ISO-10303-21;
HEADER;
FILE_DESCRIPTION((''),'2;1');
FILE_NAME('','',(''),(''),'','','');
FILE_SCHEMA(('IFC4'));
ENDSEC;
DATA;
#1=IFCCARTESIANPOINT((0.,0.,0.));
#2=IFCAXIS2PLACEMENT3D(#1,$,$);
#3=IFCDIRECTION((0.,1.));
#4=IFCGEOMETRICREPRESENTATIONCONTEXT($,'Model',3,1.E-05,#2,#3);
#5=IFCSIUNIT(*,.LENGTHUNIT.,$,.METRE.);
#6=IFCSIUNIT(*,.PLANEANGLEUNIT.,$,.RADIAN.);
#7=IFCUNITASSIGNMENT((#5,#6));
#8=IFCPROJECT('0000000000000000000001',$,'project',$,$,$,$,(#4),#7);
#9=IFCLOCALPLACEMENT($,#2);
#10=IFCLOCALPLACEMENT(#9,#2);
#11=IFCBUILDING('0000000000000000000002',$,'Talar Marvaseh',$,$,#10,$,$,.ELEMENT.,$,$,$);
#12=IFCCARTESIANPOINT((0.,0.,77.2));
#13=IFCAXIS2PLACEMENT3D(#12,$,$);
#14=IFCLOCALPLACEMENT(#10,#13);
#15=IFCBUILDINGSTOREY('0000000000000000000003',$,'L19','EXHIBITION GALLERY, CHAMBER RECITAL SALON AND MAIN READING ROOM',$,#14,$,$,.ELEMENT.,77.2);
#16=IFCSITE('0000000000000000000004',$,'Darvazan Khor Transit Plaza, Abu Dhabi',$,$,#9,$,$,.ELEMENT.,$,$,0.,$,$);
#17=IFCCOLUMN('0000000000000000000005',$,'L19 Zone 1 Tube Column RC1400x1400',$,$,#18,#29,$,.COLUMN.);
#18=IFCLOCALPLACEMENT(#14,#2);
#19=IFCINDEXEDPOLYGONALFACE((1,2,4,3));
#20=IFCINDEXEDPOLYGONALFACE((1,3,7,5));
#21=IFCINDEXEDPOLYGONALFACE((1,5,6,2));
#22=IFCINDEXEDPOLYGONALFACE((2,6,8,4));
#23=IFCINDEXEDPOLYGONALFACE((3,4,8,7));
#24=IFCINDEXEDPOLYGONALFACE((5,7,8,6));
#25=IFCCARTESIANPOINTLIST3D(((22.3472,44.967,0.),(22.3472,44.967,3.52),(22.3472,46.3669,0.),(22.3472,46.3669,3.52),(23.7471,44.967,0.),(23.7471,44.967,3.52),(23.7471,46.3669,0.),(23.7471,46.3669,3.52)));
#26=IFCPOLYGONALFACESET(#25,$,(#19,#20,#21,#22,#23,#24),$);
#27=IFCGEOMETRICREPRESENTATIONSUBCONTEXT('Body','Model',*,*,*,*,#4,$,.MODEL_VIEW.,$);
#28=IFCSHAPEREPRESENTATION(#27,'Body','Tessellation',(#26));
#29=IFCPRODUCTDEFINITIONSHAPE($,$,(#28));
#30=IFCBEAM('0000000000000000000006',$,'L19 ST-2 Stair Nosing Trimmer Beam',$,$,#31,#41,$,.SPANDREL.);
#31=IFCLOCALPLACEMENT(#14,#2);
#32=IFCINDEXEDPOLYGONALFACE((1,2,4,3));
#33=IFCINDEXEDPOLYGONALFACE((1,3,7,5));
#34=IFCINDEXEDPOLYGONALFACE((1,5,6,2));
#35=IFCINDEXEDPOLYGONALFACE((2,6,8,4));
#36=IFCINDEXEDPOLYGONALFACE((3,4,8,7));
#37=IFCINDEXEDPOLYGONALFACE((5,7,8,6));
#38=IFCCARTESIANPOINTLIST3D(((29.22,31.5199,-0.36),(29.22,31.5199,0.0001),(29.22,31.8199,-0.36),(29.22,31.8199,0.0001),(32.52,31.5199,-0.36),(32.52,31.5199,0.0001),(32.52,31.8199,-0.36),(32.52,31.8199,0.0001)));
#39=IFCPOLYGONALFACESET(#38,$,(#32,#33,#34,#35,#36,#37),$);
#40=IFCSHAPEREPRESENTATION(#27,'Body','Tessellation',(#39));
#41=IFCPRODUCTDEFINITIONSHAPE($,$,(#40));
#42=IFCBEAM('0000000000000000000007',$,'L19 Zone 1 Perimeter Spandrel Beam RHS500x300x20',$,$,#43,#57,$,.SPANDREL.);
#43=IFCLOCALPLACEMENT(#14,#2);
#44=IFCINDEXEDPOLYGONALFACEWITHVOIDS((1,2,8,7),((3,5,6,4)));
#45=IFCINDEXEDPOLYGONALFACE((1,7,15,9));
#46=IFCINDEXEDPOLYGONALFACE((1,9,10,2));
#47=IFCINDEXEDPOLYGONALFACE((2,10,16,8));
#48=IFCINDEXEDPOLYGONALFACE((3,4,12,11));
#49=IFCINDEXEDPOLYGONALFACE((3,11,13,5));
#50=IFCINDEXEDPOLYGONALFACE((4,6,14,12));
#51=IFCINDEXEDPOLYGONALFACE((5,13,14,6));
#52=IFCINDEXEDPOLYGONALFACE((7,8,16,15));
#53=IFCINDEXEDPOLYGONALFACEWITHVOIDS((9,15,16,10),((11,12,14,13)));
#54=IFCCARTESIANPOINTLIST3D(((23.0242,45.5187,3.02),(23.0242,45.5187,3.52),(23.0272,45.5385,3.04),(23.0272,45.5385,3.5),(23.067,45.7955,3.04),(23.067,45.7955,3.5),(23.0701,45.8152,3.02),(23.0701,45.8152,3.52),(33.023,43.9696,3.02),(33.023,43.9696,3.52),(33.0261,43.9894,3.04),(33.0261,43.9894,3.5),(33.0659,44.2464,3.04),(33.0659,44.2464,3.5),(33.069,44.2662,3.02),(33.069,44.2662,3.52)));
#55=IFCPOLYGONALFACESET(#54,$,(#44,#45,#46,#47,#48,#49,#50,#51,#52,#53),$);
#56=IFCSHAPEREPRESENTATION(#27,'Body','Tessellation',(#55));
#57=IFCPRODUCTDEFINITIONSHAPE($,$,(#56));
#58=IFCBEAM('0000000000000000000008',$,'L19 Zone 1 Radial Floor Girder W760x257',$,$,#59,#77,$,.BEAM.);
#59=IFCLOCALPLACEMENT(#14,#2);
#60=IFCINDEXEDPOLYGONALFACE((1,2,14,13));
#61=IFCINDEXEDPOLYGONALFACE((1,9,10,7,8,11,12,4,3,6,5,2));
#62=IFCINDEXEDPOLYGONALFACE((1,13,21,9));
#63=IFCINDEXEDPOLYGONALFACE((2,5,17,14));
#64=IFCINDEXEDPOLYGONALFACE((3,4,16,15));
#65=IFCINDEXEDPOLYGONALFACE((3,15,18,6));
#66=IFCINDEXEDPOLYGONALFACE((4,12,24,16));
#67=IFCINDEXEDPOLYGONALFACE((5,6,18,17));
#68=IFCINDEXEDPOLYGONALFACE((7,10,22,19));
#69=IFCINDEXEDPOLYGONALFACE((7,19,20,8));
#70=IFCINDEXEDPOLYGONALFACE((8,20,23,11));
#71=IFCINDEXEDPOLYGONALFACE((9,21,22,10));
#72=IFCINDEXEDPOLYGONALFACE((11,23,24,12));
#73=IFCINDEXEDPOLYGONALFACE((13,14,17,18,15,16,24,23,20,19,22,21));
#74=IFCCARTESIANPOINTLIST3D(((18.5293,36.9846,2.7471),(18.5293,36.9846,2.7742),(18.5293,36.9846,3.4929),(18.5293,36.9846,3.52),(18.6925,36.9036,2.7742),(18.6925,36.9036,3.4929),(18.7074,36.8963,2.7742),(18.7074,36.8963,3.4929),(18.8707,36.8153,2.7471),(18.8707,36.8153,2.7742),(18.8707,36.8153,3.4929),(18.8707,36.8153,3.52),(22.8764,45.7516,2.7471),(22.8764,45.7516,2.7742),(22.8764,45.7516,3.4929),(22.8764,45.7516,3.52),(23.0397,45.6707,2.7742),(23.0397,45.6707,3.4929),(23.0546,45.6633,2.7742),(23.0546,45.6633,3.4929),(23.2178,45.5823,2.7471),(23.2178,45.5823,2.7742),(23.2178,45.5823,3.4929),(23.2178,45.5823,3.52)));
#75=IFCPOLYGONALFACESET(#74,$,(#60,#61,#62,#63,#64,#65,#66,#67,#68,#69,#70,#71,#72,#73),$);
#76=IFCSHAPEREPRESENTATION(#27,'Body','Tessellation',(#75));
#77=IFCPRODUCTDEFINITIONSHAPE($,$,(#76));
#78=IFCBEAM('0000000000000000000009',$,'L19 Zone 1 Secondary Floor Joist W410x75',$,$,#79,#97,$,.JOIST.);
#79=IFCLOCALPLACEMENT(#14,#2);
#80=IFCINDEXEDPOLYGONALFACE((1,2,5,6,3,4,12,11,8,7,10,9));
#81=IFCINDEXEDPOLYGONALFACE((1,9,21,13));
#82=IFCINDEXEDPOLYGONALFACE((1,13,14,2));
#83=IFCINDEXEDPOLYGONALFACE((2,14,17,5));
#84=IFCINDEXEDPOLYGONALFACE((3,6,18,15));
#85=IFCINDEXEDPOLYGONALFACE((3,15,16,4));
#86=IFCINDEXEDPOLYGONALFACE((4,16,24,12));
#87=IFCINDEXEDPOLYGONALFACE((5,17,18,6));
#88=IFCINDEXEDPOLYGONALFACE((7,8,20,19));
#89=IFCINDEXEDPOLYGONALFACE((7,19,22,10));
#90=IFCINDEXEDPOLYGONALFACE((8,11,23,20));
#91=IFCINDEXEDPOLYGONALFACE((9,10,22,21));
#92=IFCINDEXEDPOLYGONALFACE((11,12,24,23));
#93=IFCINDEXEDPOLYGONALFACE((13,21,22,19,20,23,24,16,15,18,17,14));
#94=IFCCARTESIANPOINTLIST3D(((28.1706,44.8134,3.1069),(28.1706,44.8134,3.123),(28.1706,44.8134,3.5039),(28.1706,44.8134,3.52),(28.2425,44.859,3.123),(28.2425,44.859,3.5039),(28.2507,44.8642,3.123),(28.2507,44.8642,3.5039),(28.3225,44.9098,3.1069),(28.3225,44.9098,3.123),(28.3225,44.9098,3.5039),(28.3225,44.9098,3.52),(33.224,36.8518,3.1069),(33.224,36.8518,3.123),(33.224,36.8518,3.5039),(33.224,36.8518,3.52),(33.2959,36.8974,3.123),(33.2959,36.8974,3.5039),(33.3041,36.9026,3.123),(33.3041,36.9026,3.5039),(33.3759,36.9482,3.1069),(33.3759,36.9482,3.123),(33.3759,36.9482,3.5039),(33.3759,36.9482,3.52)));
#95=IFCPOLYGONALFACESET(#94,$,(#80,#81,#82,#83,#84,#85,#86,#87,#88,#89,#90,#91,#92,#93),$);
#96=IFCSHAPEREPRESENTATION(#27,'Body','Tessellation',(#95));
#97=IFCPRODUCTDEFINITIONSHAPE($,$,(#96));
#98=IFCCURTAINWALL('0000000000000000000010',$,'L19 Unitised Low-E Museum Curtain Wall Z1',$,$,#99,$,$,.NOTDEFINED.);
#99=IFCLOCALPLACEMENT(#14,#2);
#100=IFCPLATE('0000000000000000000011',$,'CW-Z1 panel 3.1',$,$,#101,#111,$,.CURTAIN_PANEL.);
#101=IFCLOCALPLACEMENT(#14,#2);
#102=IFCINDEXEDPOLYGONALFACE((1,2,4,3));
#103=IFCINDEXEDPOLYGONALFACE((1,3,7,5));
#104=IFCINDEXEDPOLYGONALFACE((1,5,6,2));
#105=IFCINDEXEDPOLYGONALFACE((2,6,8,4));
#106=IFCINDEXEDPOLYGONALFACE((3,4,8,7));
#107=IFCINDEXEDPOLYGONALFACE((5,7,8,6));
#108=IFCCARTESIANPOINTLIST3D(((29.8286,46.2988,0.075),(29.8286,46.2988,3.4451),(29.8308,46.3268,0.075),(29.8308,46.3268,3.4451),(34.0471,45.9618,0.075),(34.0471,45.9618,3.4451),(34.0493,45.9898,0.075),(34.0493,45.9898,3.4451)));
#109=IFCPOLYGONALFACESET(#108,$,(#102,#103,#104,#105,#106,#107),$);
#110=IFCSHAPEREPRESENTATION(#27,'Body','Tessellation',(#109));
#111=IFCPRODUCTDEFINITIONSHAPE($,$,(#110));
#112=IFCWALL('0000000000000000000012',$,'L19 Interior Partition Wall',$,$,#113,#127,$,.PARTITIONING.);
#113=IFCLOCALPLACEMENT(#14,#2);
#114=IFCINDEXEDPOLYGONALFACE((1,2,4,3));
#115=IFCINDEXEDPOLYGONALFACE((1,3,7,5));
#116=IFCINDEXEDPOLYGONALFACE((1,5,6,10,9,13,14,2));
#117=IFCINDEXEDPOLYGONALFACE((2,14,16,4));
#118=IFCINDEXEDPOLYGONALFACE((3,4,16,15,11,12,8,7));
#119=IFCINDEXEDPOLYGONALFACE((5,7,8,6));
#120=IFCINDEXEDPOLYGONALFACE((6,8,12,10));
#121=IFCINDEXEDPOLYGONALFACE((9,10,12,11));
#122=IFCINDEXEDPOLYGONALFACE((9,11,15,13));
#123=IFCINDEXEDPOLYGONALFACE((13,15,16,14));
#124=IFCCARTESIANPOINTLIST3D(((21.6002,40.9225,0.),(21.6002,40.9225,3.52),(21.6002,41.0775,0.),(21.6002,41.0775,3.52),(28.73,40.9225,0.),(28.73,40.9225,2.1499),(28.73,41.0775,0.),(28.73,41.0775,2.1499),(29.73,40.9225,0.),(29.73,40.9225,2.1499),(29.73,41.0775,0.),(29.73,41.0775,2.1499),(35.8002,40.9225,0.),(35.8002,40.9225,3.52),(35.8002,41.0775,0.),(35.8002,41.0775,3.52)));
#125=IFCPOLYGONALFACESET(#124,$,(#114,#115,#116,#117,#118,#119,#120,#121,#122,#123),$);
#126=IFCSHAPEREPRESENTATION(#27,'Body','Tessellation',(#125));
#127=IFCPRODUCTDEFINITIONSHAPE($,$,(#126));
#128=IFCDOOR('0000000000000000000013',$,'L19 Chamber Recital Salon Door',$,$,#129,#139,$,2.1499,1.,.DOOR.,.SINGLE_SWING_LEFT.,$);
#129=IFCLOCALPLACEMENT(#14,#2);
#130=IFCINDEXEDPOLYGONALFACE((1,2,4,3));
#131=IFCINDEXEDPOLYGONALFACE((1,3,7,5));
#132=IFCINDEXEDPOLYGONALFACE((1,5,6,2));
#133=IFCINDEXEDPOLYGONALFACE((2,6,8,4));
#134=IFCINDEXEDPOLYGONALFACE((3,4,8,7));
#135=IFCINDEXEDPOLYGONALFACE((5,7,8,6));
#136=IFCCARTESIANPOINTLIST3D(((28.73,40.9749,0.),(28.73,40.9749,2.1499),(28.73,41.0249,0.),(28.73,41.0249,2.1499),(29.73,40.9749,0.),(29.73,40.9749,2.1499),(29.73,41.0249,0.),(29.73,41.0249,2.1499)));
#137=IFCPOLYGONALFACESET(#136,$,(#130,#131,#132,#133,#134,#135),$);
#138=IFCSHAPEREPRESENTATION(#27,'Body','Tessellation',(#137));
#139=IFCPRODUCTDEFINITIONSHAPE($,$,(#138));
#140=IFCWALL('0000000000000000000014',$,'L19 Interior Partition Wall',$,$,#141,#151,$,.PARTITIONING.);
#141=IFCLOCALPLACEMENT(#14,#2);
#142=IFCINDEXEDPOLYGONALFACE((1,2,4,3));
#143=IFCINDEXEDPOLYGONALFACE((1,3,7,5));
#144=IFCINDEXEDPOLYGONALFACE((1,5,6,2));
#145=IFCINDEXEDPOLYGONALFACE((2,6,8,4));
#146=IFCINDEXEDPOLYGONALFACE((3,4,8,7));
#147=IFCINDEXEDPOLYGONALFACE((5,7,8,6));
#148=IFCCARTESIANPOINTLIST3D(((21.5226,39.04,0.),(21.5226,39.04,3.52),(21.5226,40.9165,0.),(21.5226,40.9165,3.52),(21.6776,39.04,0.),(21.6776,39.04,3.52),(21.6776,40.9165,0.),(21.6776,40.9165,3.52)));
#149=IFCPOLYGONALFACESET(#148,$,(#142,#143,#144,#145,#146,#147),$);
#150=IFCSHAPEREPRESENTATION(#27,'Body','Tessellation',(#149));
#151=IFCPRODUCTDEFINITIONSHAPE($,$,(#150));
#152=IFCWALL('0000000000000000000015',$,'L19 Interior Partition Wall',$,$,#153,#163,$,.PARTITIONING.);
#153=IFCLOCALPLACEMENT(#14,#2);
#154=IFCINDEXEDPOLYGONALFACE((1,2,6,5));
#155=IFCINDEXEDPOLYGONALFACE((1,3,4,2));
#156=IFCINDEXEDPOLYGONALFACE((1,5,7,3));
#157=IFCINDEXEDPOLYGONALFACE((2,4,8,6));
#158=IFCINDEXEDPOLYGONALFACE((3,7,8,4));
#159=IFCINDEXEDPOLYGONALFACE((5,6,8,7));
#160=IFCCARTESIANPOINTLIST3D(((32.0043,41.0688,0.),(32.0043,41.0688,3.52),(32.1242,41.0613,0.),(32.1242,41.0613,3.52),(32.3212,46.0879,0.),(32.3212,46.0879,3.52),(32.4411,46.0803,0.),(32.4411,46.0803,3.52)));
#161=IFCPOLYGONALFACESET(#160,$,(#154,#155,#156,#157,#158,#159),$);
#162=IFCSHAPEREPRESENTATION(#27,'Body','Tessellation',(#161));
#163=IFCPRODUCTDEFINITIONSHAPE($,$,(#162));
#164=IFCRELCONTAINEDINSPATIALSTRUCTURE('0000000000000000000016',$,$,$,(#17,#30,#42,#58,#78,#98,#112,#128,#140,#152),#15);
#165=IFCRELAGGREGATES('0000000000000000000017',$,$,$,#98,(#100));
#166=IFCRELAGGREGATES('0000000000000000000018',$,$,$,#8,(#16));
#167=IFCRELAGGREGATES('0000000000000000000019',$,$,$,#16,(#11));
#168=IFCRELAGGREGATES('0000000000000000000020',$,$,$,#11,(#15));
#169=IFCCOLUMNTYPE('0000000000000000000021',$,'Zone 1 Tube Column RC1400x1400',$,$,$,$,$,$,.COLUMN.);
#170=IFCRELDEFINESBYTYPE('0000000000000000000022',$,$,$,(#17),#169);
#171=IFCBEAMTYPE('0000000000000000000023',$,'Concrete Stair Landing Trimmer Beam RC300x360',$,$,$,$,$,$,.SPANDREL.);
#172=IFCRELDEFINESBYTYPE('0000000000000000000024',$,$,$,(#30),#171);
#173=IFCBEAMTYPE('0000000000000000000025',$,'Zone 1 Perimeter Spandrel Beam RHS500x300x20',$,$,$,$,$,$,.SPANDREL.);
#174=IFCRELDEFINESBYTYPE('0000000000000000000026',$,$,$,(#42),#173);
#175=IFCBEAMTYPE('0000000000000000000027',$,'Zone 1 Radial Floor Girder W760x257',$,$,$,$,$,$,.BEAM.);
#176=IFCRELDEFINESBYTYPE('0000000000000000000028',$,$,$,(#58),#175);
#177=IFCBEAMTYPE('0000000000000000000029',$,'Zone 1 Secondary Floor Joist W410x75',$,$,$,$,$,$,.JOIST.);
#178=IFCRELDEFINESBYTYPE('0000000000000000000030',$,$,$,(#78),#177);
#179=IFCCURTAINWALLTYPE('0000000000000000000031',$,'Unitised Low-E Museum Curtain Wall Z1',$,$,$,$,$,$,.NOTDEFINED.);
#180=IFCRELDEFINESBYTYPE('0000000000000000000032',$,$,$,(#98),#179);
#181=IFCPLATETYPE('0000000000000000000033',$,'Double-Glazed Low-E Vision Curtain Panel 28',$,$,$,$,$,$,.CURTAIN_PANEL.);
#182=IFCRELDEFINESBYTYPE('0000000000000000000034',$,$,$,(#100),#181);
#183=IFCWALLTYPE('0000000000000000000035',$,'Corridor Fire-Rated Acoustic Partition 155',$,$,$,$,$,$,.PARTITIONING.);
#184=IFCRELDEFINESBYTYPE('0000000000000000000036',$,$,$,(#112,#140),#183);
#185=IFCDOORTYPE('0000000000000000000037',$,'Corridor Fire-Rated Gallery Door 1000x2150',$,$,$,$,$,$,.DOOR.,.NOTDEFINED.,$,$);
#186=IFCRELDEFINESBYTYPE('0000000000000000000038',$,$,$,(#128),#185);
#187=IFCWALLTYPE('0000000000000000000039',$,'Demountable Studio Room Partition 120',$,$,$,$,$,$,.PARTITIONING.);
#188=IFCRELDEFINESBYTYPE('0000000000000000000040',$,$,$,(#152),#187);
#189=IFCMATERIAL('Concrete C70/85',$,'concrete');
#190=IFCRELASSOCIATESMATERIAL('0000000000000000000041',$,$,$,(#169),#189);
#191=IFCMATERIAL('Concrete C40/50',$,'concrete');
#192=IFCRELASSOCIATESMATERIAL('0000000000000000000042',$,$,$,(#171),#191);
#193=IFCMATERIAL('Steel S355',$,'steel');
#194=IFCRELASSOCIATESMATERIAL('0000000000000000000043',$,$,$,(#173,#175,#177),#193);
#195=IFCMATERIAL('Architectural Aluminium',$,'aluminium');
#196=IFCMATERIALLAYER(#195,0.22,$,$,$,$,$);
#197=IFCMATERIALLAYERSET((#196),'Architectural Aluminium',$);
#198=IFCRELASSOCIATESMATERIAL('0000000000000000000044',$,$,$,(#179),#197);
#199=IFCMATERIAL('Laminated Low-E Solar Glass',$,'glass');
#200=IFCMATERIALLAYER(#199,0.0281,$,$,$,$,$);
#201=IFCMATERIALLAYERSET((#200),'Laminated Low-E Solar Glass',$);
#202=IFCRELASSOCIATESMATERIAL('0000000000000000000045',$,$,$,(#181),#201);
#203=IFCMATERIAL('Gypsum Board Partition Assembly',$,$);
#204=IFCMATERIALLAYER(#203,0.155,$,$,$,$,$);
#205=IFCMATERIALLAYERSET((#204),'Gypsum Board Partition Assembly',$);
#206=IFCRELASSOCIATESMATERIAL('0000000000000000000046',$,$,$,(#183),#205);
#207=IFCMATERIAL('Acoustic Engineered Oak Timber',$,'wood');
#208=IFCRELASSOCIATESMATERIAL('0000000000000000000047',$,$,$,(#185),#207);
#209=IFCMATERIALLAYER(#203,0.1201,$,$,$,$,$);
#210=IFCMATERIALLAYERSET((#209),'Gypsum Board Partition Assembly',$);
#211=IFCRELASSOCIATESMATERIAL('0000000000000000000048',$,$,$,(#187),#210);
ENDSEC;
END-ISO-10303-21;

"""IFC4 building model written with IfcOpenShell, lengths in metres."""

from ifc_helpers import new_model, si_unit, direction, frame, frame_2d, origin, origin_2d, place, context, subcontext, project, spatial, rectangle, hollow_rectangle, i_section, extrude, source, transform, mapped, material, layer, layer_set, material_profile, profile_set, type_object, type_shapes, element, fill, aggregate, save


model = new_model("IFC4")

# Units and contexts
model_context = context("Model", 3, precision=1e-05, world=origin(), true_north=direction((0.0, 1.0)))
body_context = subcontext(model_context, "Body", "Model", "MODEL_VIEW")
ifc_project = project(units=[si_unit("LENGTHUNIT", "METRE"), si_unit("PLANEANGLEUNIT", "RADIAN")], contexts=[model_context])

# Site, building, storey
site_placement = place(None, origin())
site = spatial("IfcSite", under=ifc_project, at=site_placement, Name="Darvazan Khor Transit Plaza, Abu Dhabi", CompositionType="ELEMENT", RefElevation=0.0)
building_placement = place(site_placement, origin())
building = spatial("IfcBuilding", under=site, at=building_placement, Name="Talar Marvaseh", CompositionType="ELEMENT")
storey_placement = place(building_placement, frame((0.0, 0.0, 77.2)))
storey = spatial("IfcBuildingStorey", under=building, at=storey_placement, Name="L19", Description="EXHIBITION GALLERY, CHAMBER RECITAL SALON AND MAIN READING ROOM", CompositionType="ELEMENT", Elevation=77.2)

# Column
ifc_material_1 = material(Name="Concrete C70/85", Category="concrete")
ifc_material_profile_1 = material_profile(ifc_material_1, rectangle(XDim=1.3999, YDim=1.3999, at=origin_2d()), Name="RC1400x1400")
ifc_profile_set_1 = profile_set([ifc_material_profile_1], Name="Concrete C70/85")
column_type = type_object("IfcColumnType", Name="Zone 1 Tube Column RC1400x1400", PredefinedType="COLUMN", material=ifc_profile_set_1)
column_placement = place(storey_placement, frame((23.0471, 45.667, 0.0), z_axis=(0.0, 0.0, 1.0), x_axis=(1.0, 0.0, 0.0)))
element("IfcColumn", 1, at=column_placement, inside=storey, type_object=column_type, Name="L19 Zone 1 Tube Column RC1400x1400", PredefinedType="COLUMN", context=body_context, shape_type="SweptSolid", body=[
    extrude(rectangle(XDim=1.3999, YDim=1.3999, at=origin_2d()), origin(), (0.0, 0.0, 1.0), 3.52),
])

# Beams
ifc_material_2 = material(Name="Concrete C40/50", Category="concrete")
ifc_material_profile_2 = material_profile(ifc_material_2, rectangle(XDim=0.3, YDim=0.3601, at=origin_2d()), Name="RC300x360")
ifc_profile_set_2 = profile_set([ifc_material_profile_2], Name="Concrete C40/50")
beam_type_1 = type_object("IfcBeamType", Name="Concrete Stair Landing Trimmer Beam RC300x360", PredefinedType="SPANDREL", material=ifc_profile_set_2)
beam_1_placement = place(storey_placement, frame((29.22, 31.6699, -0.1799), z_axis=(1.0, 0.0, 0.0), x_axis=(0.0, 1.0, 0.0)))
element("IfcBeam", 2, at=beam_1_placement, inside=storey, type_object=beam_type_1, Name="L19 ST-2 Stair Nosing Trimmer Beam", PredefinedType="SPANDREL", context=body_context, shape_type="SweptSolid", body=[
    extrude(rectangle(XDim=0.3, YDim=0.3601, at=origin_2d()), origin(), (0.0, 0.0, 1.0), 3.3),
])
ifc_material_3 = material(Name="Steel S355", Category="steel")
ifc_material_profile_3 = material_profile(ifc_material_3, hollow_rectangle(XDim=0.3, YDim=0.5, WallThickness=0.02, at=origin_2d()), Name="RHS500x300x20")
ifc_profile_set_3 = profile_set([ifc_material_profile_3], Name="Steel S355")
beam_type_2 = type_object("IfcBeamType", Name="Zone 1 Perimeter Spandrel Beam RHS500x300x20", PredefinedType="SPANDREL", material=ifc_profile_set_3)
beam_2_placement = place(storey_placement, frame((23.0471, 45.667, 3.27), z_axis=(0.988211, -0.1531, 0.0), x_axis=(0.1531, 0.988211, 0.0)))
element("IfcBeam", 3, at=beam_2_placement, inside=storey, type_object=beam_type_2, Name="L19 Zone 1 Perimeter Spandrel Beam RHS500x300x20", PredefinedType="SPANDREL", context=body_context, shape_type="SweptSolid", body=[
    extrude(hollow_rectangle(XDim=0.3, YDim=0.5, WallThickness=0.02, at=origin_2d()), origin(), (0.0, 0.0, 1.0), 10.1182),
])
ifc_material_profile_4 = material_profile(ifc_material_3, i_section(OverallWidth=0.3811, OverallDepth=0.7729, WebThickness=0.0166, FlangeThickness=0.0271, at=origin_2d()), Name="W760x257")
ifc_profile_set_4 = profile_set([ifc_material_profile_4], Name="Steel S355")
beam_type_3 = type_object("IfcBeamType", Name="Zone 1 Radial Floor Girder W760x257", PredefinedType="BEAM", material=ifc_profile_set_4)
beam_3_placement = place(storey_placement, frame((23.0471, 45.667, 3.1335), z_axis=(-0.444237, -0.895909, 0.0), x_axis=(0.895909, -0.444237, 0.0)))
element("IfcBeam", 4, at=beam_3_placement, inside=storey, type_object=beam_type_3, Name="L19 Zone 1 Radial Floor Girder W760x257", PredefinedType="BEAM", context=body_context, shape_type="SweptSolid", body=[
    extrude(i_section(OverallWidth=0.3811, OverallDepth=0.7729, WebThickness=0.0166, FlangeThickness=0.0271, at=origin_2d()), origin(), (0.0, 0.0, 1.0), 9.7856),
])
ifc_material_profile_5 = material_profile(ifc_material_3, i_section(OverallWidth=0.1799, OverallDepth=0.4131, WebThickness=0.0098, FlangeThickness=0.0161, at=origin_2d()), Name="W410x75")
ifc_profile_set_5 = profile_set([ifc_material_profile_5], Name="Steel S355")
beam_type_4 = type_object("IfcBeamType", Name="Zone 1 Secondary Floor Joist W410x75", PredefinedType="JOIST", material=ifc_profile_set_5)
beam_4_placement = place(storey_placement, frame((28.2466, 44.8616, 3.3135), z_axis=(0.53589, -0.844288, 0.0), x_axis=(0.844288, 0.53589, 0.0)))
element("IfcBeam", 5, at=beam_4_placement, inside=storey, type_object=beam_type_4, Name="L19 Zone 1 Secondary Floor Joist W410x75", PredefinedType="JOIST", context=body_context, shape_type="SweptSolid", body=[
    extrude(i_section(OverallWidth=0.1799, OverallDepth=0.4131, WebThickness=0.0098, FlangeThickness=0.0161, at=origin_2d()), origin(), (0.0, 0.0, 1.0), 9.4299),
])

# Curtain wall, plate
ifc_material_4 = material(Name="Architectural Aluminium", Category="aluminium")
ifc_layer_1 = layer(ifc_material_4, 0.22)
ifc_layer_set_1 = layer_set([ifc_layer_1], Name="Architectural Aluminium")
curtain_wall_type = type_object("IfcCurtainWallType", Name="Unitised Low-E Museum Curtain Wall Z1", PredefinedType="NOTDEFINED", material=ifc_layer_set_1)
curtain_wall_placement = place(storey_placement, origin())
curtain_wall = element("IfcCurtainWall", 6, at=curtain_wall_placement, inside=storey, type_object=curtain_wall_type, Name="L19 Unitised Low-E Museum Curtain Wall Z1", PredefinedType="NOTDEFINED")
ifc_material_5 = material(Name="Laminated Low-E Solar Glass", Category="glass")
ifc_layer_2 = layer(ifc_material_5, 0.0281)
ifc_layer_set_2 = layer_set([ifc_layer_2], Name="Laminated Low-E Solar Glass")
plate_type = type_object("IfcPlateType", Name="Double-Glazed Low-E Vision Curtain Panel 28", PredefinedType="CURTAIN_PANEL", material=ifc_layer_set_2)
shared_shape_1 = source(origin(), body_context, "Body", "SweptSolid", [
    extrude(rectangle(XDim=4.2319, YDim=0.0281, at=origin_2d()), origin(), (0.0, 0.0, 1.0), 3.3701),
])
type_shapes(plate_type, [shared_shape_1])
plate_placement = place(storey_placement, frame((31.939, 46.1443, 0.075), z_axis=(0.0, 0.0, 1.0), x_axis=(0.996824, -0.07964, 0.0)))
plate = element("IfcPlate", 7, at=plate_placement, type_object=plate_type, Name="CW-Z1 panel 3.1", PredefinedType="CURTAIN_PANEL", context=body_context, shape_type="MappedRepresentation", body=[
    mapped(shared_shape_1, transform((0.0, 0.0, 0.0), x_axis=(1.0, 0.0, 0.0), y_axis=(0.0, 1.0, 0.0), z_axis=(0.0, 0.0, 1.0), scale=1.0)),
])
aggregate(curtain_wall, [plate])

# Wall, opening, door
ifc_material_6 = material(Name="Gypsum Board Partition Assembly")
ifc_layer_3 = layer(ifc_material_6, 0.155)
ifc_layer_set_3 = layer_set([ifc_layer_3], Name="Gypsum Board Partition Assembly")
wall_type_1 = type_object("IfcWallType", Name="Corridor Fire-Rated Acoustic Partition 155", PredefinedType="PARTITIONING", material=ifc_layer_set_3)
wall_1_placement = place(storey_placement, frame((21.6001, 41.0, 0.0), z_axis=(0.0, 0.0, 1.0), x_axis=(1.0, 0.0, 0.0)))
wall_1 = element("IfcWall", 8, at=wall_1_placement, inside=storey, type_object=wall_type_1, Name="L19 Interior Partition Wall", PredefinedType="PARTITIONING", context=body_context, shape_type="SweptSolid", body=[
    extrude(rectangle(XDim=14.2, YDim=0.155, at=frame_2d((7.1001, 0.0))), origin(), (0.0, 0.0, 1.0), 3.52),
])
opening_1_placement = place(wall_1_placement, frame((7.1299, 0.0, 0.0)))
opening_1 = element("IfcOpeningElement", 9, at=opening_1_placement, cuts=wall_1, PredefinedType="OPENING", context=body_context, shape_type="SweptSolid", body=[
    extrude(rectangle(XDim=1.0, YDim=2.1499, at=frame_2d((0.5, 1.075))), frame((0.0, 0.0874, 0.0), z_axis=(0.0, -1.0, 0.0), x_axis=(1.0, 0.0, 0.0)), (0.0, 0.0, 1.0), 0.175),
])
ifc_material_7 = material(Name="Acoustic Engineered Oak Timber", Category="wood")
door_type_1 = type_object("IfcDoorType", Name="Corridor Fire-Rated Gallery Door 1000x2150", OperationType="NOTDEFINED", PredefinedType="DOOR", material=ifc_material_7)
shared_shape_2 = source(origin(), body_context, "Body", "SweptSolid", [
    extrude(rectangle(XDim=1.0, YDim=2.1499, at=frame_2d((0.5, 1.075))), frame((0.0, 0.0249, 0.0), z_axis=(0.0, -1.0, 0.0), x_axis=(1.0, 0.0, 0.0)), (0.0, 0.0, 1.0), 0.05),
])
type_shapes(door_type_1, [shared_shape_2])
door_1_placement = place(opening_1_placement, origin())
door_1 = element("IfcDoor", 10, at=door_1_placement, inside=storey, type_object=door_type_1, Name="L19 Chamber Recital Salon Door", OperationType="SINGLE_SWING_LEFT", OverallHeight=2.1499, OverallWidth=1.0, PredefinedType="DOOR", context=body_context, shape_type="MappedRepresentation", body=[
    mapped(shared_shape_2, transform((0.0, 0.0, 0.0), x_axis=(1.0, 0.0, 0.0), y_axis=(0.0, 1.0, 0.0), z_axis=(0.0, 0.0, 1.0), scale=1.0)),
])
fill(opening_1, door_1)

# Walls
wall_2_placement = place(storey_placement, frame((21.6001, 39.04, 0.0), z_axis=(0.0, 0.0, 1.0), x_axis=(0.0, 1.0, 0.0)))
element("IfcWall", 11, at=wall_2_placement, inside=storey, type_object=wall_type_1, Name="L19 Interior Partition Wall", PredefinedType="PARTITIONING", context=body_context, shape_type="SweptSolid", body=[
    extrude(rectangle(XDim=1.8765, YDim=0.155, at=frame_2d((0.9382, 0.0))), origin(), (0.0, 0.0, 1.0), 3.52),
])
ifc_layer_4 = layer(ifc_material_6, 0.1201)
ifc_layer_set_4 = layer_set([ifc_layer_4], Name="Gypsum Board Partition Assembly")
wall_type_2 = type_object("IfcWallType", Name="Demountable Studio Room Partition 120", PredefinedType="PARTITIONING", material=ifc_layer_set_4)
wall_3_placement = place(storey_placement, frame((32.0642, 41.0649, 0.0), z_axis=(0.0, 0.0, 1.0), x_axis=(0.063013, 0.998013, 0.0)))
element("IfcWall", 12, at=wall_3_placement, inside=storey, type_object=wall_type_2, Name="L19 Interior Partition Wall", PredefinedType="PARTITIONING", context=body_context, shape_type="SweptSolid", body=[
    extrude(rectangle(XDim=5.0291, YDim=0.1201, at=frame_2d((2.5146, 0.0))), origin(), (0.0, 0.0, 1.0), 3.52),
])

save(model, "model.ifc")
